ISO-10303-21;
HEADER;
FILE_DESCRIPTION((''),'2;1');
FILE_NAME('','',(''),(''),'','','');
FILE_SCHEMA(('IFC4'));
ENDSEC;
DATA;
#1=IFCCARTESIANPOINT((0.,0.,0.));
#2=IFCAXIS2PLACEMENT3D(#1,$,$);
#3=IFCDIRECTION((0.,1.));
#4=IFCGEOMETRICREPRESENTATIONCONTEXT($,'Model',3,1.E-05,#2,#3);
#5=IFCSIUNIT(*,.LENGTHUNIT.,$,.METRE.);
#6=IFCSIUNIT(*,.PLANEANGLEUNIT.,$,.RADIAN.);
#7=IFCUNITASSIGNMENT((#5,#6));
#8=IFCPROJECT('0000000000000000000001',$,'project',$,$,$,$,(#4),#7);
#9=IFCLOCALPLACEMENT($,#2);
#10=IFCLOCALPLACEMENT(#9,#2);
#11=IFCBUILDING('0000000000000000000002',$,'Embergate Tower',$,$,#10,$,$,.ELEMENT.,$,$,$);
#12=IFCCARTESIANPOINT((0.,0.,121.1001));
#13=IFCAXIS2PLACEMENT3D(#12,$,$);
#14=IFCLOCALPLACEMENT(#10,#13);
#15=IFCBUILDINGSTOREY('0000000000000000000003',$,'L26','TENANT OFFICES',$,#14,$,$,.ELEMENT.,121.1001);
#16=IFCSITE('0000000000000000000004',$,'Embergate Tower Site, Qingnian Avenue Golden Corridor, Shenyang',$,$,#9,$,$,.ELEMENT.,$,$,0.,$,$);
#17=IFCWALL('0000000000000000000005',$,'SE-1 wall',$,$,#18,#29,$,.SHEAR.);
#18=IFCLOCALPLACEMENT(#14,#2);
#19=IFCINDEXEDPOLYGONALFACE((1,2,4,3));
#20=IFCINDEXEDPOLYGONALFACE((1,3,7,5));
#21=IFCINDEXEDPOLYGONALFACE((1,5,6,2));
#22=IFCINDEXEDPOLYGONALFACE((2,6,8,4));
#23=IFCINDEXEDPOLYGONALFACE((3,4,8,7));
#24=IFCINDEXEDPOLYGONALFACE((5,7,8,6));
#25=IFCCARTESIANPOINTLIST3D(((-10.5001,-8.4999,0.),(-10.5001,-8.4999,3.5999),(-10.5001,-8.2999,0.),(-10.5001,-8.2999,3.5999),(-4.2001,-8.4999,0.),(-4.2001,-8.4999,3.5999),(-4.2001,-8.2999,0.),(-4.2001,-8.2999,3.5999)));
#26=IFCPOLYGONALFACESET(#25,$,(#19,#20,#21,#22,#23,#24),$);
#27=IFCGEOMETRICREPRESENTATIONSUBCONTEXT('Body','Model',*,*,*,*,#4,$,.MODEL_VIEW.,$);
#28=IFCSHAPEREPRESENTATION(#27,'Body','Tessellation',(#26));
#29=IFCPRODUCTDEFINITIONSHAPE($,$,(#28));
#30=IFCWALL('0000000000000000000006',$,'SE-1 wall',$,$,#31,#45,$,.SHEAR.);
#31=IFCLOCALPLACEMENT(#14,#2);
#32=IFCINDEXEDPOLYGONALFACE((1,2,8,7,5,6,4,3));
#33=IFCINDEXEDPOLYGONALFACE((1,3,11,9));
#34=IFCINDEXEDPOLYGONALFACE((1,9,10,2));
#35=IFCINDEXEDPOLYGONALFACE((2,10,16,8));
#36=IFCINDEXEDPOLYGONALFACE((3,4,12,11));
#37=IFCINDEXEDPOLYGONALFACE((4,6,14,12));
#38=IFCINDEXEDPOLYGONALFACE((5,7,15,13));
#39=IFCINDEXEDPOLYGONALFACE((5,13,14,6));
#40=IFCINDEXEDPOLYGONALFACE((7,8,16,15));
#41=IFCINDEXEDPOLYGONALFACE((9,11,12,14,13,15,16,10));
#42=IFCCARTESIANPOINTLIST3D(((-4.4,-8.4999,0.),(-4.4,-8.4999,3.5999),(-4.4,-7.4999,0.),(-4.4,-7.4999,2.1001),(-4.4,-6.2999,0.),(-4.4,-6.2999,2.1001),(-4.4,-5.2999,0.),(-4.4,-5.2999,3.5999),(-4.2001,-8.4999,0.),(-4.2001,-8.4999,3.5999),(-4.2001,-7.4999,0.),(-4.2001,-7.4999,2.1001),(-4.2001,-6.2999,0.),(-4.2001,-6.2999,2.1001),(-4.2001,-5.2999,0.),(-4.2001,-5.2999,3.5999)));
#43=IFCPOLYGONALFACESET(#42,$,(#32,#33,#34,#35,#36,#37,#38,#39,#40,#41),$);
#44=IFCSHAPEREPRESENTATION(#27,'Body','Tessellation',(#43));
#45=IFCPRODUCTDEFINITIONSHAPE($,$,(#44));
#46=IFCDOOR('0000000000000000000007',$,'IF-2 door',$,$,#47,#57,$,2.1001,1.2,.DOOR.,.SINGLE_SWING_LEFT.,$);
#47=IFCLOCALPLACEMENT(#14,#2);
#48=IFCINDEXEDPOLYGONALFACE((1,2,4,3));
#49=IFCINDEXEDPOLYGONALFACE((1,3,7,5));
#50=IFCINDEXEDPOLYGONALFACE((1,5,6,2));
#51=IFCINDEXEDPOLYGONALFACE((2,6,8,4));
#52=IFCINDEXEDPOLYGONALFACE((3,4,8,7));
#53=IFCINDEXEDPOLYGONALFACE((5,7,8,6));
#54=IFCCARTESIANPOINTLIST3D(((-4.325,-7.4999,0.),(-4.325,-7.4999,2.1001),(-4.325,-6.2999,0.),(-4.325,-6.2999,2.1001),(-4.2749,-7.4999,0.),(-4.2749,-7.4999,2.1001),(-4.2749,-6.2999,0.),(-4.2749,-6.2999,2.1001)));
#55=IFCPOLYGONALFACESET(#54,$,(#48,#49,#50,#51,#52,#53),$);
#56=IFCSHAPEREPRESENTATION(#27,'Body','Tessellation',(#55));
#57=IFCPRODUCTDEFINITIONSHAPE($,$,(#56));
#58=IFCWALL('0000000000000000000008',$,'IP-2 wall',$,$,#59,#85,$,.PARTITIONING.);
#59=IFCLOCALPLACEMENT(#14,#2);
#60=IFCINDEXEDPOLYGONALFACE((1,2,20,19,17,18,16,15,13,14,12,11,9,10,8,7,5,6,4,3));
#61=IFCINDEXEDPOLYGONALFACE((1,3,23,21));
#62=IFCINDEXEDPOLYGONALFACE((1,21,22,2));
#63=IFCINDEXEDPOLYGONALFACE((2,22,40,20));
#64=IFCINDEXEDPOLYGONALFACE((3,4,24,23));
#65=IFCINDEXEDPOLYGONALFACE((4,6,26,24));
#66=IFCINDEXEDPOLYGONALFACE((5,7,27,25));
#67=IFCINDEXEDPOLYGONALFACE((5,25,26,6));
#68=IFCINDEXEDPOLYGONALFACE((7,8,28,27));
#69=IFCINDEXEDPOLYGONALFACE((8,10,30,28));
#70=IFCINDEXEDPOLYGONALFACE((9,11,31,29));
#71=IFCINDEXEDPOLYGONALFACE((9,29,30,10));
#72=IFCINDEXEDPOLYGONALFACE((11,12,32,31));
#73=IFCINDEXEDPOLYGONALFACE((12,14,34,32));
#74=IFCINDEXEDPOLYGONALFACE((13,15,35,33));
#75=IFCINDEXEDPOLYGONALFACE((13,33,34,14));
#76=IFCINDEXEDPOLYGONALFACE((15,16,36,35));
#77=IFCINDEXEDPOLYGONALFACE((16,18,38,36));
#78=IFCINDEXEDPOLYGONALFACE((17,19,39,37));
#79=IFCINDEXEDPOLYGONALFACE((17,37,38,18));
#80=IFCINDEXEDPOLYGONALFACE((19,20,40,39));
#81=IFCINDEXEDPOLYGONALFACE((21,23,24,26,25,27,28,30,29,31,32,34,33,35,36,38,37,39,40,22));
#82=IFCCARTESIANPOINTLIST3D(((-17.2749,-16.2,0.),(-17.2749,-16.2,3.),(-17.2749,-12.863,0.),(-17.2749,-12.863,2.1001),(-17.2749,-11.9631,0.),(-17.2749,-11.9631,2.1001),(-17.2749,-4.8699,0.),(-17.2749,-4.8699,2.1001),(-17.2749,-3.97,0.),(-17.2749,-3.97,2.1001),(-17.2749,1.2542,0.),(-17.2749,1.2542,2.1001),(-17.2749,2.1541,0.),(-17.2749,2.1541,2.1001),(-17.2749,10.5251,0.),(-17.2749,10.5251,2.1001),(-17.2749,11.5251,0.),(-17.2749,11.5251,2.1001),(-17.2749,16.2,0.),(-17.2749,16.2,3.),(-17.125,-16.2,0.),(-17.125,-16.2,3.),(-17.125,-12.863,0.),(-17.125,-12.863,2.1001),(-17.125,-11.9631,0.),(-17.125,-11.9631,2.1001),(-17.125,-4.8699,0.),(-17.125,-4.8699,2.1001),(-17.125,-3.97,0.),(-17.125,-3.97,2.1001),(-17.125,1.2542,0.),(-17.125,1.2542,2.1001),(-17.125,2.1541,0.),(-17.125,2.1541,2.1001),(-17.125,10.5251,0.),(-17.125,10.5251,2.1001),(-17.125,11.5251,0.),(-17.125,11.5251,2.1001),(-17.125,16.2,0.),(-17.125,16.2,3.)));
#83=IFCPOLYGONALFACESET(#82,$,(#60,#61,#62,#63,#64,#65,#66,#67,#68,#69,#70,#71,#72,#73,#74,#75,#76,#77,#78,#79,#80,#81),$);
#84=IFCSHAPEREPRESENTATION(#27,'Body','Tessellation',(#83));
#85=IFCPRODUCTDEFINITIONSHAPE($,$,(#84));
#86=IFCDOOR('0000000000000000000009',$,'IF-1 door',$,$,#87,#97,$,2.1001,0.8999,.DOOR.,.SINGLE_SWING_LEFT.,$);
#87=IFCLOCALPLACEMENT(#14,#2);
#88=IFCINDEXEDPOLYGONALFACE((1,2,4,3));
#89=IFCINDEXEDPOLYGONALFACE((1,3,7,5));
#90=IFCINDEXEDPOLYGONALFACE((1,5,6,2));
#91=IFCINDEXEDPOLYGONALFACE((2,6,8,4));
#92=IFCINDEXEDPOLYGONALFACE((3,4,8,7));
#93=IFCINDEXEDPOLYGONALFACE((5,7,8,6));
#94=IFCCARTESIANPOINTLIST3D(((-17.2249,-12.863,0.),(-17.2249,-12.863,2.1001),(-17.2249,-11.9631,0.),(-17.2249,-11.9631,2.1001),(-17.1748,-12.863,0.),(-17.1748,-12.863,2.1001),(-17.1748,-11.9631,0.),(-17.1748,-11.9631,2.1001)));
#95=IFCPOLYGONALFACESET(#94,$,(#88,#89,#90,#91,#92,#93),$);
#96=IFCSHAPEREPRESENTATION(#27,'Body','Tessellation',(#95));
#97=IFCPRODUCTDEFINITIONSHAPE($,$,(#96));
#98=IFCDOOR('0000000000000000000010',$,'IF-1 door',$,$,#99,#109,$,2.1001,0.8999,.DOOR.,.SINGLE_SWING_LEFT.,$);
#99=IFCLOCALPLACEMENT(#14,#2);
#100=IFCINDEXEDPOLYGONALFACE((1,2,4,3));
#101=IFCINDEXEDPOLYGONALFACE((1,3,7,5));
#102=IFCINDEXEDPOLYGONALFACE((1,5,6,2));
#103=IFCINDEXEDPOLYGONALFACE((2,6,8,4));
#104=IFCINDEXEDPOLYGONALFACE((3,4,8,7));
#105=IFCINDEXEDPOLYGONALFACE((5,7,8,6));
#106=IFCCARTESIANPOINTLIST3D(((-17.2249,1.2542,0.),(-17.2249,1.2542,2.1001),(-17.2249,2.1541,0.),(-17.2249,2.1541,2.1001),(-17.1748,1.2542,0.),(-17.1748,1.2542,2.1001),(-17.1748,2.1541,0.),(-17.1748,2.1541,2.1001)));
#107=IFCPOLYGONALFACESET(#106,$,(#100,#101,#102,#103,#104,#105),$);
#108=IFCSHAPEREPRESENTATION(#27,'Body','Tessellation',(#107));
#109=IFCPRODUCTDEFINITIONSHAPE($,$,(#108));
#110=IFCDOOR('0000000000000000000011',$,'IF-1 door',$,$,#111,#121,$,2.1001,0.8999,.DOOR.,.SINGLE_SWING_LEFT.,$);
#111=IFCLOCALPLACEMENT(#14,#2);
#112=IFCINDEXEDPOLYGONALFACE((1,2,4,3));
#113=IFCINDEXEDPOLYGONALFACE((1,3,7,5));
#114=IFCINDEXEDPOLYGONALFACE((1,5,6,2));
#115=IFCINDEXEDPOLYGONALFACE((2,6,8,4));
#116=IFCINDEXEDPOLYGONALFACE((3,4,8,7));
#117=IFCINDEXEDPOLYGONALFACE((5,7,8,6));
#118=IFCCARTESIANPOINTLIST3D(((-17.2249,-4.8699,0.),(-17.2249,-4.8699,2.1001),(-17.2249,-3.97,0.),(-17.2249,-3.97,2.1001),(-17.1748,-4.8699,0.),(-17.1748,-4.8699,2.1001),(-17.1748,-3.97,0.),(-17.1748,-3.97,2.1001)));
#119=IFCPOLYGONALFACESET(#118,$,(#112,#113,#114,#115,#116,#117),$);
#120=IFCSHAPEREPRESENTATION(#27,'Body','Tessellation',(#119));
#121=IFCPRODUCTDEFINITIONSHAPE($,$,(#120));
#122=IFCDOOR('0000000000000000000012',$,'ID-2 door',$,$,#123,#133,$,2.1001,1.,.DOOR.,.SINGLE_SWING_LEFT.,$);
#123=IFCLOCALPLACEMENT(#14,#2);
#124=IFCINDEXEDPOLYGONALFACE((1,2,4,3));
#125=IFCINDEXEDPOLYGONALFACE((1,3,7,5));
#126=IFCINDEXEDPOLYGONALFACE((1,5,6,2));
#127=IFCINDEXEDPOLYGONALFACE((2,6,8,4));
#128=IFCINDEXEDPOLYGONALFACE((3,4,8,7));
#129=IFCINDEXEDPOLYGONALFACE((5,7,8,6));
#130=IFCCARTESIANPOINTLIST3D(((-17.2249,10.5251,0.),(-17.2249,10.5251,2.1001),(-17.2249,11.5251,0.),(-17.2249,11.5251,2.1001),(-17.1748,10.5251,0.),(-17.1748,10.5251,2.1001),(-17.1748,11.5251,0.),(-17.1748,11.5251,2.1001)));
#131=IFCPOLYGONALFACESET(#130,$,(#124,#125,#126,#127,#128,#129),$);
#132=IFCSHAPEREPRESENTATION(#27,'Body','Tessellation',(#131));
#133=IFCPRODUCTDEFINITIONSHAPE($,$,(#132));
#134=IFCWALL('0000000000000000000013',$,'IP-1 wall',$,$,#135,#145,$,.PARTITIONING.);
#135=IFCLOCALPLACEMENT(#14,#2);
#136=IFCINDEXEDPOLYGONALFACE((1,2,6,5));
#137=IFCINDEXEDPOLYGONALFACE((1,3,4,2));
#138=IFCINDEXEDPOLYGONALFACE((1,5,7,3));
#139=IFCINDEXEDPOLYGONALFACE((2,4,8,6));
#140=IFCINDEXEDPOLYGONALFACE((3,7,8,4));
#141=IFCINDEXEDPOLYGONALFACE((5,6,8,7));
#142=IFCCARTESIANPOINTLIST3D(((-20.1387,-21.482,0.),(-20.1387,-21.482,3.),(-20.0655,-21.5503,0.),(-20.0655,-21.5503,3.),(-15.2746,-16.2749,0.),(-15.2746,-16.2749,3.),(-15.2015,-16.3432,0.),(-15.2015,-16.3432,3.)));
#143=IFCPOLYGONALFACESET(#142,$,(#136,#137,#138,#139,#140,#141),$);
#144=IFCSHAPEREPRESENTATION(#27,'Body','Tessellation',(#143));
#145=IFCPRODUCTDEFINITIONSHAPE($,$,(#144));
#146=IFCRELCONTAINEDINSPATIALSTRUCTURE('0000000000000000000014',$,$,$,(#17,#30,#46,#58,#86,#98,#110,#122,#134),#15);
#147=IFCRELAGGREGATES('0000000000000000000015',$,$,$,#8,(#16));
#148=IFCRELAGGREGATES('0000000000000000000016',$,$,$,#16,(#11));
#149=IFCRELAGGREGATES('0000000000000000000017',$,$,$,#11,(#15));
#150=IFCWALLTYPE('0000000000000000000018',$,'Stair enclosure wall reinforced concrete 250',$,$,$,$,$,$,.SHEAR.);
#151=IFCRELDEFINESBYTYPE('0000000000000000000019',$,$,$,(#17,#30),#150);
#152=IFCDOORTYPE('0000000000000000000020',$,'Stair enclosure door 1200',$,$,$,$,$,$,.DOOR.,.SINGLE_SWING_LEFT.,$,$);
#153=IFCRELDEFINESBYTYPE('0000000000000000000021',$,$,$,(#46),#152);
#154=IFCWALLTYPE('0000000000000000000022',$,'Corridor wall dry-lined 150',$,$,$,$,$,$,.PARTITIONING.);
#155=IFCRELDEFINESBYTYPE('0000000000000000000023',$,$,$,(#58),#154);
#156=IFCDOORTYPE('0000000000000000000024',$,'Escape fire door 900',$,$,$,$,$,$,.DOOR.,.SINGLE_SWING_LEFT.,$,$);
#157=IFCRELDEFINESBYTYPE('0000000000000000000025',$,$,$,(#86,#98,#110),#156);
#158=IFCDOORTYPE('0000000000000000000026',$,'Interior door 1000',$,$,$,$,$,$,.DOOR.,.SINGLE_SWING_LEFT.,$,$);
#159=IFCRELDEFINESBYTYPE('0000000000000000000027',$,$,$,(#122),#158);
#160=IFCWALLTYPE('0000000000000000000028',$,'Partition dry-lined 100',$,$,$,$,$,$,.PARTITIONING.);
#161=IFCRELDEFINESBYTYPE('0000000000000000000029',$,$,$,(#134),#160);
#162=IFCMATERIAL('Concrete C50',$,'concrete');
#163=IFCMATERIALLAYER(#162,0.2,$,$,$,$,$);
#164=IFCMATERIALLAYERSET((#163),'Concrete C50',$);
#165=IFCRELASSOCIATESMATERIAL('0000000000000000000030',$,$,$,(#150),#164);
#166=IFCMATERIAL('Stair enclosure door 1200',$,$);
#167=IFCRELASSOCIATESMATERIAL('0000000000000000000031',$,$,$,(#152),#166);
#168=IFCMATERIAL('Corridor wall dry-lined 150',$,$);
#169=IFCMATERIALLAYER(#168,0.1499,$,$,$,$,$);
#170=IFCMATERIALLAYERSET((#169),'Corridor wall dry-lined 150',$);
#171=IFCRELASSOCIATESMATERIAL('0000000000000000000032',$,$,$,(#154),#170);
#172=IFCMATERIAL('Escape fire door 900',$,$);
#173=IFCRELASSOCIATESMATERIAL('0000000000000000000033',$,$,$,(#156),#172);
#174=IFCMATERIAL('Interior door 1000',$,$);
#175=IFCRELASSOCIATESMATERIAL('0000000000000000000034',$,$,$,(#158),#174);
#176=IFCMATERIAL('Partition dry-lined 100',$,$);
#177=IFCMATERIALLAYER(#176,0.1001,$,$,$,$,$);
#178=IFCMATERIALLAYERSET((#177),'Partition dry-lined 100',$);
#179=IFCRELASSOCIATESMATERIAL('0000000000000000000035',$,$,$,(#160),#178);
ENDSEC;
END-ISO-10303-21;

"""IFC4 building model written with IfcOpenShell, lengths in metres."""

from ifc_helpers import new_model, si_unit, direction, frame, frame_2d, origin, place, context, subcontext, project, spatial, rectangle, extrude, source, transform, mapped, material, layer, layer_set, type_object, element, fill, save


model = new_model("IFC4")

# Units and contexts
model_context = context("Model", 3, precision=1e-05, world=origin(), true_north=direction((0.0, 1.0)))
body_context = subcontext(model_context, "Body", "Model", "MODEL_VIEW")
ifc_project = project(units=[si_unit("LENGTHUNIT", "METRE"), si_unit("PLANEANGLEUNIT", "RADIAN")], contexts=[model_context])

# Site, building, storey
site_placement = place(None, origin())
site = spatial("IfcSite", under=ifc_project, at=site_placement, Name="Embergate Tower Site, Qingnian Avenue Golden Corridor, Shenyang", CompositionType="ELEMENT", RefElevation=0.0)
building_placement = place(site_placement, origin())
building = spatial("IfcBuilding", under=site, at=building_placement, Name="Embergate Tower", CompositionType="ELEMENT")
storey_placement = place(building_placement, frame((0.0, 0.0, 121.1001)))
storey = spatial("IfcBuildingStorey", under=building, at=storey_placement, Name="L26", Description="TENANT OFFICES", CompositionType="ELEMENT", Elevation=121.1001)

# Shared definitions
shared_shape_1 = source(origin(), body_context, "Body", "SweptSolid", [
    extrude(rectangle(XDim=1.2, YDim=2.1001, at=frame_2d((0.6001, 1.05))), frame((0.0, 0.0249, 0.0), z_axis=(0.0, -1.0, 0.0), x_axis=(1.0, 0.0, 0.0)), (0.0, 0.0, 1.0), 0.05),
])

# Shared definitions
shared_shape_2 = source(origin(), body_context, "Body", "SweptSolid", [
    extrude(rectangle(XDim=0.8999, YDim=2.1001, at=frame_2d((0.45, 1.05))), frame((0.0, 0.0249, 0.0), z_axis=(0.0, -1.0, 0.0), x_axis=(1.0, 0.0, 0.0)), (0.0, 0.0, 1.0), 0.05),
])

# Wall
ifc_material_1 = material(Name="Concrete C50", Category="concrete")
ifc_layer_1 = layer(ifc_material_1, 0.2)
ifc_layer_set_1 = layer_set([ifc_layer_1], Name="Concrete C50")
wall_type_1 = type_object("IfcWallType", Name="Stair enclosure wall reinforced concrete 250", PredefinedType="SHEAR", material=ifc_layer_set_1)
shared_shape_3 = source(origin(), body_context, "Body", "SweptSolid", [
    extrude(rectangle(XDim=6.3, YDim=0.2, at=frame_2d((3.1499, 0.0))), origin(), (0.0, 0.0, 1.0), 3.5999),
])
wall_1_placement = place(storey_placement, frame((-10.5, -8.3999, 0.0), z_axis=(0.0, 0.0, 1.0), x_axis=(1.0, 0.0, 0.0)))
element("IfcWall", 1, at=wall_1_placement, inside=storey, type_object=wall_type_1, Name="SE-1 wall", PredefinedType="SHEAR", context=body_context, shape_type="MappedRepresentation", body=[
    mapped(shared_shape_3, transform((0.0, 0.0, 0.0))),
])

# Wall, opening, door
shared_shape_4 = source(origin(), body_context, "Body", "SweptSolid", [
    extrude(rectangle(XDim=3.2, YDim=0.2, at=frame_2d((1.6001, 0.0))), origin(), (0.0, 0.0, 1.0), 3.5999),
])
wall_2_placement = place(storey_placement, frame((-4.3, -8.5, 0.0), z_axis=(0.0, 0.0, 1.0), x_axis=(0.0, 1.0, 0.0)))
wall_2 = element("IfcWall", 2, at=wall_2_placement, inside=storey, type_object=wall_type_1, Name="SE-1 wall", PredefinedType="SHEAR", context=body_context, shape_type="MappedRepresentation", body=[
    mapped(shared_shape_4, transform((0.0, 0.0, 0.0))),
])
shared_shape_5 = source(origin(), body_context, "Body", "SweptSolid", [
    extrude(rectangle(XDim=1.2, YDim=2.1001, at=frame_2d((0.6001, 1.05))), frame((0.0, 0.1099, 0.0), z_axis=(0.0, -1.0, 0.0), x_axis=(1.0, 0.0, 0.0)), (0.0, 0.0, 1.0), 0.22),
])
opening_1_placement = place(wall_2_placement, frame((1.0, 0.0, 0.0)))
opening_1 = element("IfcOpeningElement", 3, at=opening_1_placement, cuts=wall_2, PredefinedType="OPENING", context=body_context, shape_type="MappedRepresentation", body=[
    mapped(shared_shape_5, transform((0.0, 0.0, 0.0))),
])
ifc_material_2 = material(Name="Stair enclosure door 1200")
door_type_1 = type_object("IfcDoorType", Name="Stair enclosure door 1200", OperationType="SINGLE_SWING_LEFT", PredefinedType="DOOR", material=ifc_material_2)
door_1_placement = place(opening_1_placement, origin())
door_1 = element("IfcDoor", 4, at=door_1_placement, inside=storey, type_object=door_type_1, Name="IF-2 door", OperationType="SINGLE_SWING_LEFT", OverallHeight=2.1001, OverallWidth=1.2, PredefinedType="DOOR", context=body_context, shape_type="MappedRepresentation", body=[
    mapped(shared_shape_1, transform((0.0, 0.0, 0.0))),
])
fill(opening_1, door_1)

# Wall, openings, doors
ifc_material_3 = material(Name="Corridor wall dry-lined 150")
ifc_layer_2 = layer(ifc_material_3, 0.1499)
ifc_layer_set_2 = layer_set([ifc_layer_2], Name="Corridor wall dry-lined 150")
wall_type_2 = type_object("IfcWallType", Name="Corridor wall dry-lined 150", PredefinedType="PARTITIONING", material=ifc_layer_set_2)
shared_shape_6 = source(origin(), body_context, "Body", "SweptSolid", [
    extrude(rectangle(XDim=32.3999, YDim=0.1499, at=frame_2d((16.2, 0.0))), origin(), (0.0, 0.0, 1.0), 3.0),
])
wall_3_placement = place(storey_placement, frame((-17.2, -16.2, 0.0), z_axis=(0.0, 0.0, 1.0), x_axis=(0.0, 1.0, 0.0)))
wall_3 = element("IfcWall", 5, at=wall_3_placement, inside=storey, type_object=wall_type_2, Name="IP-2 wall", PredefinedType="PARTITIONING", context=body_context, shape_type="MappedRepresentation", body=[
    mapped(shared_shape_6, transform((0.0, 0.0, 0.0))),
])
shared_shape_7 = source(origin(), body_context, "Body", "SweptSolid", [
    extrude(rectangle(XDim=0.8999, YDim=2.1001, at=frame_2d((0.45, 1.05))), frame((0.0, 0.085, 0.0), z_axis=(0.0, -1.0, 0.0), x_axis=(1.0, 0.0, 0.0)), (0.0, 0.0, 1.0), 0.1699),
])
opening_2_placement = place(wall_3_placement, frame((3.3369, 0.0, 0.0)))
opening_2 = element("IfcOpeningElement", 6, at=opening_2_placement, cuts=wall_3, PredefinedType="OPENING", context=body_context, shape_type="MappedRepresentation", body=[
    mapped(shared_shape_7, transform((0.0, 0.0, 0.0))),
])
shared_shape_8 = source(origin(), body_context, "Body", "SweptSolid", [
    extrude(rectangle(XDim=1.0, YDim=2.1001, at=frame_2d((0.5, 1.05))), frame((0.0, 0.085, 0.0), z_axis=(0.0, -1.0, 0.0), x_axis=(1.0, 0.0, 0.0)), (0.0, 0.0, 1.0), 0.1699),
])
opening_3_placement = place(wall_3_placement, frame((26.7251, 0.0, 0.0)))
opening_3 = element("IfcOpeningElement", 7, at=opening_3_placement, cuts=wall_3, PredefinedType="OPENING", context=body_context, shape_type="MappedRepresentation", body=[
    mapped(shared_shape_8, transform((0.0, 0.0, 0.0))),
])
opening_4_placement = place(wall_3_placement, frame((17.4541, 0.0, 0.0)))
opening_4 = element("IfcOpeningElement", 8, at=opening_4_placement, cuts=wall_3, PredefinedType="OPENING", context=body_context, shape_type="MappedRepresentation", body=[
    mapped(shared_shape_7, transform((0.0, 0.0, 0.0))),
])
opening_5_placement = place(wall_3_placement, frame((11.3301, 0.0, 0.0)))
opening_5 = element("IfcOpeningElement", 9, at=opening_5_placement, cuts=wall_3, PredefinedType="OPENING", context=body_context, shape_type="MappedRepresentation", body=[
    mapped(shared_shape_7, transform((0.0, 0.0, 0.0))),
])
ifc_material_4 = material(Name="Escape fire door 900")
door_type_2 = type_object("IfcDoorType", Name="Escape fire door 900", OperationType="SINGLE_SWING_LEFT", PredefinedType="DOOR", material=ifc_material_4)
door_2_placement = place(opening_2_placement, origin())
door_2 = element("IfcDoor", 10, at=door_2_placement, inside=storey, type_object=door_type_2, Name="IF-1 door", OperationType="SINGLE_SWING_LEFT", OverallHeight=2.1001, OverallWidth=0.8999, PredefinedType="DOOR", context=body_context, shape_type="MappedRepresentation", body=[
    mapped(shared_shape_2, transform((0.0, 0.0, 0.0))),
])
fill(opening_2, door_2)
door_3_placement = place(opening_4_placement, origin())
door_3 = element("IfcDoor", 11, at=door_3_placement, inside=storey, type_object=door_type_2, Name="IF-1 door", OperationType="SINGLE_SWING_LEFT", OverallHeight=2.1001, OverallWidth=0.8999, PredefinedType="DOOR", context=body_context, shape_type="MappedRepresentation", body=[
    mapped(shared_shape_2, transform((0.0, 0.0, 0.0))),
])
fill(opening_4, door_3)
door_4_placement = place(opening_5_placement, origin())
door_4 = element("IfcDoor", 12, at=door_4_placement, inside=storey, type_object=door_type_2, Name="IF-1 door", OperationType="SINGLE_SWING_LEFT", OverallHeight=2.1001, OverallWidth=0.8999, PredefinedType="DOOR", context=body_context, shape_type="MappedRepresentation", body=[
    mapped(shared_shape_2, transform((0.0, 0.0, 0.0))),
])
fill(opening_5, door_4)
ifc_material_5 = material(Name="Interior door 1000")
door_type_3 = type_object("IfcDoorType", Name="Interior door 1000", OperationType="SINGLE_SWING_LEFT", PredefinedType="DOOR", material=ifc_material_5)
shared_shape_9 = source(origin(), body_context, "Body", "SweptSolid", [
    extrude(rectangle(XDim=1.0, YDim=2.1001, at=frame_2d((0.5, 1.05))), frame((0.0, 0.0249, 0.0), z_axis=(0.0, -1.0, 0.0), x_axis=(1.0, 0.0, 0.0)), (0.0, 0.0, 1.0), 0.05),
])
door_5_placement = place(opening_3_placement, origin())
door_5 = element("IfcDoor", 13, at=door_5_placement, inside=storey, type_object=door_type_3, Name="ID-2 door", OperationType="SINGLE_SWING_LEFT", OverallHeight=2.1001, OverallWidth=1.0, PredefinedType="DOOR", context=body_context, shape_type="MappedRepresentation", body=[
    mapped(shared_shape_9, transform((0.0, 0.0, 0.0))),
])
fill(opening_3, door_5)

# Wall
ifc_material_6 = material(Name="Partition dry-lined 100")
ifc_layer_3 = layer(ifc_material_6, 0.1001)
ifc_layer_set_3 = layer_set([ifc_layer_3], Name="Partition dry-lined 100")
wall_type_3 = type_object("IfcWallType", Name="Partition dry-lined 100", PredefinedType="PARTITIONING", material=ifc_layer_set_3)
shared_shape_10 = source(origin(), body_context, "Body", "SweptSolid", [
    extrude(rectangle(XDim=7.1255, YDim=0.1001, at=frame_2d((3.5627, 0.0))), origin(), (0.0, 0.0, 1.0), 3.0),
])
wall_4_placement = place(storey_placement, frame((-15.238, -16.3091, 0.0), z_axis=(0.0, 0.0, 1.0), x_axis=(-0.682627, -0.730767, 0.0)))
element("IfcWall", 14, at=wall_4_placement, inside=storey, type_object=wall_type_3, Name="IP-1 wall", PredefinedType="PARTITIONING", context=body_context, shape_type="MappedRepresentation", body=[
    mapped(shared_shape_10, transform((0.0, 0.0, 0.0))),
])

save(model, "model.ifc")
